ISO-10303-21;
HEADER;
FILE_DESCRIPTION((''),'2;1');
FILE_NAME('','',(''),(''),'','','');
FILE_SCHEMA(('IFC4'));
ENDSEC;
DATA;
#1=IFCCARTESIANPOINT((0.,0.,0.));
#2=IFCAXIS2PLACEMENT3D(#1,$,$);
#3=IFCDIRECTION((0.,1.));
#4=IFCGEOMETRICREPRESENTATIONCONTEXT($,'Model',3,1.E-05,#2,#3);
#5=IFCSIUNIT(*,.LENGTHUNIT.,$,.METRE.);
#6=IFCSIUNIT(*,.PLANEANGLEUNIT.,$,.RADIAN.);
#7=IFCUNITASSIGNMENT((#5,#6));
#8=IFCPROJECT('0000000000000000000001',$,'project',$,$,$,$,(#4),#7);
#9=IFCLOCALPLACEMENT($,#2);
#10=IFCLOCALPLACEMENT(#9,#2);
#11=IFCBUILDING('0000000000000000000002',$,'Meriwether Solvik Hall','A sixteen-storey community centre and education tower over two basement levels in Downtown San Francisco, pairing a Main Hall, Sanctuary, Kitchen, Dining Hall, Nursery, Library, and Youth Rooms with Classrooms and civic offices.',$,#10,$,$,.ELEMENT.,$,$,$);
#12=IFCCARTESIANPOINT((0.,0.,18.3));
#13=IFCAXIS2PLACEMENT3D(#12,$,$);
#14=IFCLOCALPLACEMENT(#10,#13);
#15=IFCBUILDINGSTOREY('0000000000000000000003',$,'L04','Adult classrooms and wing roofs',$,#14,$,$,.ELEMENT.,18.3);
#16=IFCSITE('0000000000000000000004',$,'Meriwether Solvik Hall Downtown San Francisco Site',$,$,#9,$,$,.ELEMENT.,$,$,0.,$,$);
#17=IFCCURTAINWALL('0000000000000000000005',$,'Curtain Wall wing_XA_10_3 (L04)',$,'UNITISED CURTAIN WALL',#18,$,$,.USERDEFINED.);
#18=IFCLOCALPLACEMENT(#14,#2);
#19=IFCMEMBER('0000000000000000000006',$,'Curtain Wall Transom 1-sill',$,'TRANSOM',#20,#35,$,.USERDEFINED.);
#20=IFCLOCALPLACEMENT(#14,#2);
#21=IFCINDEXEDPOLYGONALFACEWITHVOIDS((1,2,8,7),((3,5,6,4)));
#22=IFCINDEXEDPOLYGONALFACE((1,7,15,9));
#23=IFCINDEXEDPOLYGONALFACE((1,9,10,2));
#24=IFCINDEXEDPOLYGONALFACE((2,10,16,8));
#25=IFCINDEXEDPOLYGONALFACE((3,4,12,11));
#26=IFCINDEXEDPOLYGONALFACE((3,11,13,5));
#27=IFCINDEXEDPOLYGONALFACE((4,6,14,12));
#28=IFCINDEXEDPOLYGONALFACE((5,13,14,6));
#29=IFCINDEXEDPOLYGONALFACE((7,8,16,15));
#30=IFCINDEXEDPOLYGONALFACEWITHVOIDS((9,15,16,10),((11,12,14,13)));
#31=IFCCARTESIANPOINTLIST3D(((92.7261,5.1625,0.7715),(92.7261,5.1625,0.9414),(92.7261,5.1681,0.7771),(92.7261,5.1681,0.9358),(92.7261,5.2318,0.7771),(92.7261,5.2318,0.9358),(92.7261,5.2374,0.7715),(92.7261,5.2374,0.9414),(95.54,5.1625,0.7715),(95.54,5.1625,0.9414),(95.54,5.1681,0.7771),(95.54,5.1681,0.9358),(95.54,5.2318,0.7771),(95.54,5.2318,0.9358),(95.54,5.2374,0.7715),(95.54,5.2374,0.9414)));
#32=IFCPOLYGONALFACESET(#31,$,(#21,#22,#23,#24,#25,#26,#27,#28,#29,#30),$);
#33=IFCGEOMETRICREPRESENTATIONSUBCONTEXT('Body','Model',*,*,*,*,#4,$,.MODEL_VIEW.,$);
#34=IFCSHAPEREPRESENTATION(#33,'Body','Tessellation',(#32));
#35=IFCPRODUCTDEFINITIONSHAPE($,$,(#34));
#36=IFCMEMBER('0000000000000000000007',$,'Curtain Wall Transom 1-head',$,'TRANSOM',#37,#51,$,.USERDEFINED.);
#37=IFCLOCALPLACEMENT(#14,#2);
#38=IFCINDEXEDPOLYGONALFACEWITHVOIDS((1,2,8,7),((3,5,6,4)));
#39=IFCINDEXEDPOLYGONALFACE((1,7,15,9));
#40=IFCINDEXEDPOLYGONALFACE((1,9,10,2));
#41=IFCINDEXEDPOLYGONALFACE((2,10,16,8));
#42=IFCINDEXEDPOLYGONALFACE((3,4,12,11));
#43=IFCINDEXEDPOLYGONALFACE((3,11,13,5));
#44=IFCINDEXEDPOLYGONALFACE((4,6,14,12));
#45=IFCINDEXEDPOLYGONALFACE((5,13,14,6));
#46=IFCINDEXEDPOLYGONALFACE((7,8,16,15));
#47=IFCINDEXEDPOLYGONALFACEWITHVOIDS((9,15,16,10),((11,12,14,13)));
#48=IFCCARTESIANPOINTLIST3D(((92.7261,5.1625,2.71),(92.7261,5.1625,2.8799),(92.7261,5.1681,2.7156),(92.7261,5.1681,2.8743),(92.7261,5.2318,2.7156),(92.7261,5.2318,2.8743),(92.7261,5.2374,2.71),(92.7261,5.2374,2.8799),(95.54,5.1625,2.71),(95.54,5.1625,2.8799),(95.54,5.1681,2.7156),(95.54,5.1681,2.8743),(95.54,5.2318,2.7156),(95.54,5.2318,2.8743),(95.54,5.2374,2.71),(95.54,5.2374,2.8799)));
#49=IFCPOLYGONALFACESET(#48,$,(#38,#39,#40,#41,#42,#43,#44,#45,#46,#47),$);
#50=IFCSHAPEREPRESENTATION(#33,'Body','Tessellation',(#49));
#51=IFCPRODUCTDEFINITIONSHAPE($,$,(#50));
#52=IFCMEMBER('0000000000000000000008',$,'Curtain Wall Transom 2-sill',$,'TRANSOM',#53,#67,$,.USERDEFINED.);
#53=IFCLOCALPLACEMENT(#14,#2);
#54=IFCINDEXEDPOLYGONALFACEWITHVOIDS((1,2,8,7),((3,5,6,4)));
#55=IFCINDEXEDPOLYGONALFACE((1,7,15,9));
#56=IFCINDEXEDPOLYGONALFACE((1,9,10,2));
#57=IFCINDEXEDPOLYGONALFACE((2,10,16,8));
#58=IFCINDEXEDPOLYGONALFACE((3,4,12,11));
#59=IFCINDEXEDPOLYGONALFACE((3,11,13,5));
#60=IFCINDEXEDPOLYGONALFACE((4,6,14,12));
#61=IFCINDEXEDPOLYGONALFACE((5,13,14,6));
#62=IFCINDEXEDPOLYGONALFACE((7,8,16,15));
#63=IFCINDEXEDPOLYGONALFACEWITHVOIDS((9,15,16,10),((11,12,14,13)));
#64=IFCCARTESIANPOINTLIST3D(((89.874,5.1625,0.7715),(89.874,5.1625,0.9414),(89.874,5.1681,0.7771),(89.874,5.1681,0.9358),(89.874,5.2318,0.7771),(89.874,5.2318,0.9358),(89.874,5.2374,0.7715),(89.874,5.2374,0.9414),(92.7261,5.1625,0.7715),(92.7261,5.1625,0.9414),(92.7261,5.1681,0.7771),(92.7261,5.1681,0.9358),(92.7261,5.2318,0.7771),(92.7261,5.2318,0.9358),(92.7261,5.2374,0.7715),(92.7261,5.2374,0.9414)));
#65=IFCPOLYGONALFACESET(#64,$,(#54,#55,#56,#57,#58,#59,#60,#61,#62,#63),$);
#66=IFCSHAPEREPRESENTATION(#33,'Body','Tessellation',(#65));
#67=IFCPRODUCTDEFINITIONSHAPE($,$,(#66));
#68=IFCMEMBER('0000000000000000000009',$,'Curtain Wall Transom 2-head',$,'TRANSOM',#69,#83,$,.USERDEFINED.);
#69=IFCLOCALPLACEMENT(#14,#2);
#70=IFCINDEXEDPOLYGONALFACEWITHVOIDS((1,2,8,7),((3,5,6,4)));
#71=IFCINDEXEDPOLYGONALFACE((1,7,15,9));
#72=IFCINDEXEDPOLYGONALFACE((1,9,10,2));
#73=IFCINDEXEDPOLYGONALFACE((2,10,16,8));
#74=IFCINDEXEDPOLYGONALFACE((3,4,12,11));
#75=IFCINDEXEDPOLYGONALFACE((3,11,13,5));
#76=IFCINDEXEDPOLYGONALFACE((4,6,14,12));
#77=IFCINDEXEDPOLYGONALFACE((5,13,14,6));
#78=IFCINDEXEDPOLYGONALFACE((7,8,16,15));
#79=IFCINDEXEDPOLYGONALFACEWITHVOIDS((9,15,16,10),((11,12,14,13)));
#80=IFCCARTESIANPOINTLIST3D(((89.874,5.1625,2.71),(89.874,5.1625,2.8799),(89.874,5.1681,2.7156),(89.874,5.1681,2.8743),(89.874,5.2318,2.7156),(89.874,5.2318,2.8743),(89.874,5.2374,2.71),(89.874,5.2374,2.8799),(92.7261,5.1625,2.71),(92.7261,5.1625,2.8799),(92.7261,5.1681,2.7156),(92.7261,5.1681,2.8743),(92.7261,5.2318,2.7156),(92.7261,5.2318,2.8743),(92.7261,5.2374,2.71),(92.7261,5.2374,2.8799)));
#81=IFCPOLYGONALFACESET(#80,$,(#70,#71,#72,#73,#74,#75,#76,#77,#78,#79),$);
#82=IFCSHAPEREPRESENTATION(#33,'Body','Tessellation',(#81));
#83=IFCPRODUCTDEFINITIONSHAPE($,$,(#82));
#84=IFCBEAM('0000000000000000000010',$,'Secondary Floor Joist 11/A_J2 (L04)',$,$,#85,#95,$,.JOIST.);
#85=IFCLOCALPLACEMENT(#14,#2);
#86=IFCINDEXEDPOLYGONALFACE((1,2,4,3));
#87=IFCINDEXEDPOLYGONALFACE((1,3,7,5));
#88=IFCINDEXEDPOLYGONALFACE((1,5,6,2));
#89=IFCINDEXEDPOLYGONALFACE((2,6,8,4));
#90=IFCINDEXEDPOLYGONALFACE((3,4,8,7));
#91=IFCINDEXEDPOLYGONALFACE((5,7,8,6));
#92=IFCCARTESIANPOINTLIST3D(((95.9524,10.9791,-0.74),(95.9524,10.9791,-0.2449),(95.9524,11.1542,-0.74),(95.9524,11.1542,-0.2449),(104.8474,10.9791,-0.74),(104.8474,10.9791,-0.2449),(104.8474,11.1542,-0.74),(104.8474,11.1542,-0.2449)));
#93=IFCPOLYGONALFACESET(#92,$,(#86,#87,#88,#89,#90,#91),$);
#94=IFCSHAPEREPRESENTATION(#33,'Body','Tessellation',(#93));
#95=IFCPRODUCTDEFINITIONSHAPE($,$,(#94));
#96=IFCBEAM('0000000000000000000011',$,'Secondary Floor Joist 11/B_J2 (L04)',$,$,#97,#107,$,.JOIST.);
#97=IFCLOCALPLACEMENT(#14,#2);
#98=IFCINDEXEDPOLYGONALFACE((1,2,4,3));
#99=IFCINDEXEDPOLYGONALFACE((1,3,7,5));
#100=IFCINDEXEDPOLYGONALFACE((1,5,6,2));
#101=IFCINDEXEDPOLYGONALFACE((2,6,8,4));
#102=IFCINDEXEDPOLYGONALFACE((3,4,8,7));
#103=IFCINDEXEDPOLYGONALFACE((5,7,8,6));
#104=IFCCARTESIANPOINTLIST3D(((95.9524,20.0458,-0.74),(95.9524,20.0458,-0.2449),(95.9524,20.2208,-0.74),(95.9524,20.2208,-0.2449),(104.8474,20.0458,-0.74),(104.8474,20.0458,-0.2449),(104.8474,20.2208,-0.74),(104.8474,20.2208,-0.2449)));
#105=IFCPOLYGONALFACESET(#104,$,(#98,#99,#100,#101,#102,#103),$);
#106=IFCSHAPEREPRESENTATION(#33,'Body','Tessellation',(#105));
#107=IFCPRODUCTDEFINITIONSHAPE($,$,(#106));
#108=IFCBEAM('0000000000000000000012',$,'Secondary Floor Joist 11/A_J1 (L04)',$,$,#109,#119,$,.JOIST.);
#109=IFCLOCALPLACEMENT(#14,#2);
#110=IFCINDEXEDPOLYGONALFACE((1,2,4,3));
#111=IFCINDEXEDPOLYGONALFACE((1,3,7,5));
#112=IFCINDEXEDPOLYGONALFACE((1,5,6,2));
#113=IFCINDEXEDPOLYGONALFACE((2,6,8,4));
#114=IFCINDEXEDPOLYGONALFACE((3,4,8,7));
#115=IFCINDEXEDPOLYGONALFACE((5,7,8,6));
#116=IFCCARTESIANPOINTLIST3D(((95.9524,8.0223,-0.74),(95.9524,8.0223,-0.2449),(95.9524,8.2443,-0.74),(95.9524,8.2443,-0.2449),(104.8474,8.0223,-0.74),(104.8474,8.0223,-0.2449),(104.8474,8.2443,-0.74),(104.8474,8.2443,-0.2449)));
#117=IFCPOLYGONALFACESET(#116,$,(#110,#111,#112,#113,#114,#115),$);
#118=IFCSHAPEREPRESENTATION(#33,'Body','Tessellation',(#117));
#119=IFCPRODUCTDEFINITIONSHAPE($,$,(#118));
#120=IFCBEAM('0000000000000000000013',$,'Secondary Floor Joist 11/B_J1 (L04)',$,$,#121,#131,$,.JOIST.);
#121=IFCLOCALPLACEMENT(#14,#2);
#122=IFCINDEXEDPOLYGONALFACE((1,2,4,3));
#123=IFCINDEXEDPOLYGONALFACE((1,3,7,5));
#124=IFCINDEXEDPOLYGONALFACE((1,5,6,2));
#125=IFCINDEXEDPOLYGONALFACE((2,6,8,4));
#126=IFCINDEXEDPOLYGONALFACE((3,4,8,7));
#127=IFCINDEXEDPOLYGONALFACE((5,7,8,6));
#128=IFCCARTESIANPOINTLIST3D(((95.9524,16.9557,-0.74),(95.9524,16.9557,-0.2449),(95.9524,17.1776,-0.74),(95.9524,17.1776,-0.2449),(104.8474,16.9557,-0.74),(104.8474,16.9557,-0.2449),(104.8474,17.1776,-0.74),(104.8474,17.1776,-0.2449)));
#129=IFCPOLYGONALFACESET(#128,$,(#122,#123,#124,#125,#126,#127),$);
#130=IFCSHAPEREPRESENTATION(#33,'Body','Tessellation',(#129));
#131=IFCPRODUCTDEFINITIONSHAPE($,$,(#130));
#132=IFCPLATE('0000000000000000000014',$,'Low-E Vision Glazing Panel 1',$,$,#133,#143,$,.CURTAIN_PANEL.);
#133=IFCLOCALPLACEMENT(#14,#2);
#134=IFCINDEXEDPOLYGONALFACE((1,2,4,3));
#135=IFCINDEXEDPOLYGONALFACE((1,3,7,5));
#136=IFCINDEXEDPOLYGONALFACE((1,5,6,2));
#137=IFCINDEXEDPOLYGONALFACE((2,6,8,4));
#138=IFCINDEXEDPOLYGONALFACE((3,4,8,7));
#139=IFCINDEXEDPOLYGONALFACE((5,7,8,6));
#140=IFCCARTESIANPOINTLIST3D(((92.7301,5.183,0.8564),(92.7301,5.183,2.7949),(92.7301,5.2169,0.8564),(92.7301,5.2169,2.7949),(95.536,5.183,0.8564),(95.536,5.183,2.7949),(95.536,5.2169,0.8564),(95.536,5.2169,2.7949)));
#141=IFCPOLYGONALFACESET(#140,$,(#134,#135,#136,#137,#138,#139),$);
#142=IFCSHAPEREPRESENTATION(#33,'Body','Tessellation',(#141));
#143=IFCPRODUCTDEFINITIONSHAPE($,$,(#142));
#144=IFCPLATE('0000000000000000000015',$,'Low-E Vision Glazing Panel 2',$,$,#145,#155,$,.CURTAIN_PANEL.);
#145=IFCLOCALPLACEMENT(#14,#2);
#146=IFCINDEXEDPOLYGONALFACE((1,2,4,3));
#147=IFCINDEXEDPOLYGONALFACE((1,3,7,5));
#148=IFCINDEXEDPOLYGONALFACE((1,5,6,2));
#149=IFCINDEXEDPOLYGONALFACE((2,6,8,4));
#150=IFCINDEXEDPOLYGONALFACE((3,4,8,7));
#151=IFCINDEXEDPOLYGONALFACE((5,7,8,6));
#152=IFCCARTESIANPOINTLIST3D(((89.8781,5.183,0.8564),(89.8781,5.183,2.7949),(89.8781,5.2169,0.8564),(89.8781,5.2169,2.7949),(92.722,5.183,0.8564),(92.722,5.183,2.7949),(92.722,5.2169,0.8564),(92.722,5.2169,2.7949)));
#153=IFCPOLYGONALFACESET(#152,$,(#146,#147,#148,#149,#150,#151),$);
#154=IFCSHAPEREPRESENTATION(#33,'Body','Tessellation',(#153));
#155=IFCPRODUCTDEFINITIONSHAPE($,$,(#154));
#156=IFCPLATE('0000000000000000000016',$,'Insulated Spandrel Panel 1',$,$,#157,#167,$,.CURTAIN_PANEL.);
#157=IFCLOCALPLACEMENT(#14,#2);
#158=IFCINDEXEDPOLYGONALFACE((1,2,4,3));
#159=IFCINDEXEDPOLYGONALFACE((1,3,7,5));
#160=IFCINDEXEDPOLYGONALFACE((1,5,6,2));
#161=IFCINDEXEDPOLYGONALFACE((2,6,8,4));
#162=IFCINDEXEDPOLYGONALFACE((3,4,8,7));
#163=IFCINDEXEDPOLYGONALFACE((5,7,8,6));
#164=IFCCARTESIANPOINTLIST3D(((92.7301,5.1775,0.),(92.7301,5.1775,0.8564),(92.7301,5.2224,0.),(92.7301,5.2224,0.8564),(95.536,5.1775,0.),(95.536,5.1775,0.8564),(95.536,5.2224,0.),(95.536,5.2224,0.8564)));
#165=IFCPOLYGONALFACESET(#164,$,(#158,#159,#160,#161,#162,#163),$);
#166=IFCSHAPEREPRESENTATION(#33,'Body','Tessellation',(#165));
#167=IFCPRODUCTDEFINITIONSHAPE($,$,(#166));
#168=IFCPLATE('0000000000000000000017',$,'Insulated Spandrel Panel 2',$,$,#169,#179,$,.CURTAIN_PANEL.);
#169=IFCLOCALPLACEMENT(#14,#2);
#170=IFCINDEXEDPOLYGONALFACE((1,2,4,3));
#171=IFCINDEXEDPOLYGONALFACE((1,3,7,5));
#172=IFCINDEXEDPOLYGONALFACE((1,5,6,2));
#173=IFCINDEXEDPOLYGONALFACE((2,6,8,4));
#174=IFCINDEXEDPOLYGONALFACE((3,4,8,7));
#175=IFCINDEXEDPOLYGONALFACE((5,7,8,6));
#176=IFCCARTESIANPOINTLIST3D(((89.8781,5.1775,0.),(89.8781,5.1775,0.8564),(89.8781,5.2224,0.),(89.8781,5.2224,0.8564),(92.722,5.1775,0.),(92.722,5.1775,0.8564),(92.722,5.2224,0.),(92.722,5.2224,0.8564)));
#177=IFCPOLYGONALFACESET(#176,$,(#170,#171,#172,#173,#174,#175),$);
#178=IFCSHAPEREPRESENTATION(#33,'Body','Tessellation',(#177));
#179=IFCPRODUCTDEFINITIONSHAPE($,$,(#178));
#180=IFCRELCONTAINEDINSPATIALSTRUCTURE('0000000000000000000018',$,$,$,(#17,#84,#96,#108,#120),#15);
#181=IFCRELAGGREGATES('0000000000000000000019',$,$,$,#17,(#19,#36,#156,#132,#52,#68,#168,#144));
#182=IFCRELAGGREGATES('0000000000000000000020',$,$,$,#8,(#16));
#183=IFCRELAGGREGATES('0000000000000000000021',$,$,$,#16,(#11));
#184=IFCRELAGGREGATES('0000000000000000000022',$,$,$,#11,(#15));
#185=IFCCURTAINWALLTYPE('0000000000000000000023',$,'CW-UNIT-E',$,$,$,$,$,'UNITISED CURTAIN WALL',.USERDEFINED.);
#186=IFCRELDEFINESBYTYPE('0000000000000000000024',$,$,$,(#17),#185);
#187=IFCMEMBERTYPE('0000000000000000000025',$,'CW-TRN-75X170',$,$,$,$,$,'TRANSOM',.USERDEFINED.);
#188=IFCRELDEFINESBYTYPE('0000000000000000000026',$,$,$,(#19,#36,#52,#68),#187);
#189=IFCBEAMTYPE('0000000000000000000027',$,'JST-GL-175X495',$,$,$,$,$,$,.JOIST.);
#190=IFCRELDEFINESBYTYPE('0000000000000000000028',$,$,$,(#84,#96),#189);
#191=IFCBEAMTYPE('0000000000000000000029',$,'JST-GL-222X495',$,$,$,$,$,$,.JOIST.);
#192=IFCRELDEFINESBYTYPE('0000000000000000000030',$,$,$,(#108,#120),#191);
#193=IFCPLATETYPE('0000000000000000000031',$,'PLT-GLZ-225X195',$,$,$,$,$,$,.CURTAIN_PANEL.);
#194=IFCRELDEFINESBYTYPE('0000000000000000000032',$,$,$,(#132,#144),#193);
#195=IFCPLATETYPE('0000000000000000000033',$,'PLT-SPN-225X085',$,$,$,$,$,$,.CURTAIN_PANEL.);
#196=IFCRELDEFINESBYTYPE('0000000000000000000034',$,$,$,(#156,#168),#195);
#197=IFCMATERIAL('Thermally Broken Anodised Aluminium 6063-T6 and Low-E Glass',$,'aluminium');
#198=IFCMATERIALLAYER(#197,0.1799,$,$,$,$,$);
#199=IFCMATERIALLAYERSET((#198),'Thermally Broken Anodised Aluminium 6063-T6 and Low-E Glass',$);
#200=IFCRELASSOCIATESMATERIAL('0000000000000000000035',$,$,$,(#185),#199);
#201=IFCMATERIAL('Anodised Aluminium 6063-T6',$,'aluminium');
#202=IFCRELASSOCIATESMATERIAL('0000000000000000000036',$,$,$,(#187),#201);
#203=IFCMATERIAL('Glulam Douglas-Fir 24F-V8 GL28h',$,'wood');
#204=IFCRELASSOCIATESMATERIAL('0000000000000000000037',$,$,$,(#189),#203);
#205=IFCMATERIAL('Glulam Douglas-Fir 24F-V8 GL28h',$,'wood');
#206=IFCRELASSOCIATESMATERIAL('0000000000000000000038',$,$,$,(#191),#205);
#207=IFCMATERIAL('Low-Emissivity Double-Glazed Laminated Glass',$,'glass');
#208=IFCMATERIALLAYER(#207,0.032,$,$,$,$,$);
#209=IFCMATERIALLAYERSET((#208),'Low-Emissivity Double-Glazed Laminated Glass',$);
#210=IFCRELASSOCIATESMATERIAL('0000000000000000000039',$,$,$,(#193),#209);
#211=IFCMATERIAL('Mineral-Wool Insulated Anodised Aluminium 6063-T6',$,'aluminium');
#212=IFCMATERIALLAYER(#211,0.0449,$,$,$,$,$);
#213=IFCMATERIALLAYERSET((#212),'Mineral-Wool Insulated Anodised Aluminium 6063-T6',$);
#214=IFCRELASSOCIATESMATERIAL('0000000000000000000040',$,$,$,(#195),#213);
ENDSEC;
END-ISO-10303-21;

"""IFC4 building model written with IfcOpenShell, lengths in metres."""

from ifc_helpers import new_model, si_unit, direction, frame, origin, origin_2d, place, context, subcontext, project, spatial, rectangle, hollow_rectangle, extrude, material, layer, layer_set, material_profile, profile_set, type_object, element, aggregate, save


model = new_model("IFC4")

# Units and contexts
model_context = context("Model", 3, precision=1e-05, world=origin(), true_north=direction((0.0, 1.0)))
body_context = subcontext(model_context, "Body", "Model", "MODEL_VIEW")
ifc_project = project(units=[si_unit("LENGTHUNIT", "METRE"), si_unit("PLANEANGLEUNIT", "RADIAN")], contexts=[model_context])

# Site, building, storey
site_placement = place(None, origin())
site = spatial("IfcSite", under=ifc_project, at=site_placement, Name="Meriwether Solvik Hall Downtown San Francisco Site", CompositionType="ELEMENT", RefElevation=0.0)
building_placement = place(site_placement, origin())
building = spatial("IfcBuilding", under=site, at=building_placement, Name="Meriwether Solvik Hall", Description="A sixteen-storey community centre and education tower over two basement levels in Downtown San Francisco, pairing a Main Hall, Sanctuary, Kitchen, Dining Hall, Nursery, Library, and Youth Rooms with Classrooms and civic offices.", CompositionType="ELEMENT")
storey_placement = place(building_placement, frame((0.0, 0.0, 18.3)))
storey = spatial("IfcBuildingStorey", under=building, at=storey_placement, Name="L04", Description="Adult classrooms and wing roofs", CompositionType="ELEMENT", Elevation=18.3)

# Curtain wall, members
ifc_material_1 = material(Name="Thermally Broken Anodised Aluminium 6063-T6 and Low-E Glass", Category="aluminium")
ifc_layer_1 = layer(ifc_material_1, 0.1799)
ifc_layer_set_1 = layer_set([ifc_layer_1], Name="Thermally Broken Anodised Aluminium 6063-T6 and Low-E Glass")
curtain_wall_type = type_object("IfcCurtainWallType", Name="CW-UNIT-E", ElementType="UNITISED CURTAIN WALL", PredefinedType="USERDEFINED", material=ifc_layer_set_1)
curtain_wall_placement = place(storey_placement, origin())
curtain_wall = element("IfcCurtainWall", 1, at=curtain_wall_placement, inside=storey, type_object=curtain_wall_type, Name="Curtain Wall wing_XA_10_3 (L04)", ObjectType="UNITISED CURTAIN WALL", PredefinedType="USERDEFINED")
ifc_material_2 = material(Name="Anodised Aluminium 6063-T6", Category="aluminium")
ifc_material_profile_1 = material_profile(ifc_material_2, hollow_rectangle(XDim=0.075, YDim=0.1699, WallThickness=0.0056, at=origin_2d()), Name="CWT-75X170")
ifc_profile_set_1 = profile_set([ifc_material_profile_1], Name="Anodised Aluminium 6063-T6")
member_type_1 = type_object("IfcMemberType", Name="CW-TRN-75X170", ElementType="TRANSOM", PredefinedType="USERDEFINED", material=ifc_profile_set_1)
member_1_placement = place(storey_placement, frame((95.54, 5.2, 0.8564), z_axis=(-1.0, 0.0, 0.0), x_axis=(0.0, -1.0, 0.0)))
member_1 = element("IfcMember", 2, at=member_1_placement, type_object=member_type_1, Name="Curtain Wall Transom 1-sill", ObjectType="TRANSOM", PredefinedType="USERDEFINED", context=body_context, shape_type="SweptSolid", body=[
    extrude(hollow_rectangle(XDim=0.075, YDim=0.1699, WallThickness=0.0056, at=origin_2d()), origin(), (0.0, 0.0, 1.0), 2.814),
])
member_2_placement = place(storey_placement, frame((95.54, 5.2, 2.7949), z_axis=(-1.0, 0.0, 0.0), x_axis=(0.0, -1.0, 0.0)))
member_2 = element("IfcMember", 3, at=member_2_placement, type_object=member_type_1, Name="Curtain Wall Transom 1-head", ObjectType="TRANSOM", PredefinedType="USERDEFINED", context=body_context, shape_type="SweptSolid", body=[
    extrude(hollow_rectangle(XDim=0.075, YDim=0.1699, WallThickness=0.0056, at=origin_2d()), origin(), (0.0, 0.0, 1.0), 2.814),
])
member_3_placement = place(storey_placement, frame((92.7261, 5.2, 0.8564), z_axis=(-1.0, 0.0, 0.0), x_axis=(0.0, -1.0, 0.0)))
member_3 = element("IfcMember", 4, at=member_3_placement, type_object=member_type_1, Name="Curtain Wall Transom 2-sill", ObjectType="TRANSOM", PredefinedType="USERDEFINED", context=body_context, shape_type="SweptSolid", body=[
    extrude(hollow_rectangle(XDim=0.075, YDim=0.1699, WallThickness=0.0056, at=origin_2d()), origin(), (0.0, 0.0, 1.0), 2.8521),
])
member_4_placement = place(storey_placement, frame((92.7261, 5.2, 2.7949), z_axis=(-1.0, 0.0, 0.0), x_axis=(0.0, -1.0, 0.0)))
member_4 = element("IfcMember", 5, at=member_4_placement, type_object=member_type_1, Name="Curtain Wall Transom 2-head", ObjectType="TRANSOM", PredefinedType="USERDEFINED", context=body_context, shape_type="SweptSolid", body=[
    extrude(hollow_rectangle(XDim=0.075, YDim=0.1699, WallThickness=0.0056, at=origin_2d()), origin(), (0.0, 0.0, 1.0), 2.8521),
])

# Beams
ifc_material_3 = material(Name="Glulam Douglas-Fir 24F-V8 GL28h", Category="wood")
ifc_material_profile_2 = material_profile(ifc_material_3, rectangle(XDim=0.175, YDim=0.4951, at=origin_2d()), Name="GLJ-175X495")
ifc_profile_set_2 = profile_set([ifc_material_profile_2], Name="Glulam Douglas-Fir 24F-V8 GL28h")
beam_type_1 = type_object("IfcBeamType", Name="JST-GL-175X495", PredefinedType="JOIST", material=ifc_profile_set_2)
for number, where, z_axis, x_axis, name in (
    (6, (95.9524, 11.0667, -0.4924), (1.0, 0.0, 0.0), (0.0, 1.0, 0.0), "Secondary Floor Joist 11/A_J2 (L04)"),
    (7, (95.9524, 20.1333, -0.4924), (1.0, 0.0, 0.0), (0.0, 1.0, 0.0), "Secondary Floor Joist 11/B_J2 (L04)"),
):
    element("IfcBeam", number, at=place(storey_placement, frame(where, z_axis=z_axis, x_axis=x_axis)), inside=storey, type_object=beam_type_1, Name=name, PredefinedType="JOIST", context=body_context, shape_type="SweptSolid", body=[
        extrude(rectangle(XDim=0.175, YDim=0.4951, at=origin_2d()), origin(), (0.0, 0.0, 1.0), 8.895),
    ])
ifc_material_4 = material(Name="Glulam Douglas-Fir 24F-V8 GL28h", Category="wood")
ifc_material_profile_3 = material_profile(ifc_material_4, rectangle(XDim=0.2219, YDim=0.4951, at=origin_2d()), Name="GLJ-222X495")
ifc_profile_set_3 = profile_set([ifc_material_profile_3], Name="Glulam Douglas-Fir 24F-V8 GL28h")
beam_type_2 = type_object("IfcBeamType", Name="JST-GL-222X495", PredefinedType="JOIST", material=ifc_profile_set_3)
for number, where, z_axis, x_axis, name in (
    (8, (95.9524, 8.1333, -0.4924), (1.0, 0.0, 0.0), (0.0, 1.0, 0.0), "Secondary Floor Joist 11/A_J1 (L04)"),
    (9, (95.9524, 17.0667, -0.4924), (1.0, 0.0, 0.0), (0.0, 1.0, 0.0), "Secondary Floor Joist 11/B_J1 (L04)"),
):
    element("IfcBeam", number, at=place(storey_placement, frame(where, z_axis=z_axis, x_axis=x_axis)), inside=storey, type_object=beam_type_2, Name=name, PredefinedType="JOIST", context=body_context, shape_type="SweptSolid", body=[
        extrude(rectangle(XDim=0.2219, YDim=0.4951, at=origin_2d()), origin(), (0.0, 0.0, 1.0), 8.895),
    ])

# Plates
ifc_material_5 = material(Name="Low-Emissivity Double-Glazed Laminated Glass", Category="glass")
ifc_layer_2 = layer(ifc_material_5, 0.032)
ifc_layer_set_2 = layer_set([ifc_layer_2], Name="Low-Emissivity Double-Glazed Laminated Glass")
plate_type_1 = type_object("IfcPlateType", Name="PLT-GLZ-225X195", PredefinedType="CURTAIN_PANEL", material=ifc_layer_set_2)
plate_1_placement = place(storey_placement, frame((94.1331, 5.2, 0.8564), z_axis=(0.0, 0.0, 1.0), x_axis=(-1.0, 0.0, 0.0)))
plate_1 = element("IfcPlate", 10, at=plate_1_placement, type_object=plate_type_1, Name="Low-E Vision Glazing Panel 1", PredefinedType="CURTAIN_PANEL", context=body_context, shape_type="SweptSolid", body=[
    extrude(rectangle(XDim=2.8059, YDim=0.0339, at=origin_2d()), origin(), (0.0, 0.0, 1.0), 1.9385),
])
plate_2_placement = place(storey_placement, frame((91.3, 5.2, 0.8564), z_axis=(0.0, 0.0, 1.0), x_axis=(-1.0, 0.0, 0.0)))
plate_2 = element("IfcPlate", 11, at=plate_2_placement, type_object=plate_type_1, Name="Low-E Vision Glazing Panel 2", PredefinedType="CURTAIN_PANEL", context=body_context, shape_type="SweptSolid", body=[
    extrude(rectangle(XDim=2.844, YDim=0.0339, at=origin_2d()), origin(), (0.0, 0.0, 1.0), 1.9385),
])
ifc_material_6 = material(Name="Mineral-Wool Insulated Anodised Aluminium 6063-T6", Category="aluminium")
ifc_layer_3 = layer(ifc_material_6, 0.0449)
ifc_layer_set_3 = layer_set([ifc_layer_3], Name="Mineral-Wool Insulated Anodised Aluminium 6063-T6")
plate_type_2 = type_object("IfcPlateType", Name="PLT-SPN-225X085", PredefinedType="CURTAIN_PANEL", material=ifc_layer_set_3)
plate_3_placement = place(storey_placement, frame((94.1331, 5.2, 0.0), z_axis=(0.0, 0.0, 1.0), x_axis=(-1.0, 0.0, 0.0)))
plate_3 = element("IfcPlate", 12, at=plate_3_placement, type_object=plate_type_2, Name="Insulated Spandrel Panel 1", PredefinedType="CURTAIN_PANEL", context=body_context, shape_type="SweptSolid", body=[
    extrude(rectangle(XDim=2.8059, YDim=0.0449, at=origin_2d()), origin(), (0.0, 0.0, 1.0), 0.8564),
])
plate_4_placement = place(storey_placement, frame((91.3, 5.2, 0.0), z_axis=(0.0, 0.0, 1.0), x_axis=(-1.0, 0.0, 0.0)))
plate_4 = element("IfcPlate", 13, at=plate_4_placement, type_object=plate_type_2, Name="Insulated Spandrel Panel 2", PredefinedType="CURTAIN_PANEL", context=body_context, shape_type="SweptSolid", body=[
    extrude(rectangle(XDim=2.844, YDim=0.0449, at=origin_2d()), origin(), (0.0, 0.0, 1.0), 0.8564),
])
aggregate(curtain_wall, [member_1, member_2, plate_3, plate_1, member_3, member_4, plate_4, plate_2])

save(model, "model.ifc")
